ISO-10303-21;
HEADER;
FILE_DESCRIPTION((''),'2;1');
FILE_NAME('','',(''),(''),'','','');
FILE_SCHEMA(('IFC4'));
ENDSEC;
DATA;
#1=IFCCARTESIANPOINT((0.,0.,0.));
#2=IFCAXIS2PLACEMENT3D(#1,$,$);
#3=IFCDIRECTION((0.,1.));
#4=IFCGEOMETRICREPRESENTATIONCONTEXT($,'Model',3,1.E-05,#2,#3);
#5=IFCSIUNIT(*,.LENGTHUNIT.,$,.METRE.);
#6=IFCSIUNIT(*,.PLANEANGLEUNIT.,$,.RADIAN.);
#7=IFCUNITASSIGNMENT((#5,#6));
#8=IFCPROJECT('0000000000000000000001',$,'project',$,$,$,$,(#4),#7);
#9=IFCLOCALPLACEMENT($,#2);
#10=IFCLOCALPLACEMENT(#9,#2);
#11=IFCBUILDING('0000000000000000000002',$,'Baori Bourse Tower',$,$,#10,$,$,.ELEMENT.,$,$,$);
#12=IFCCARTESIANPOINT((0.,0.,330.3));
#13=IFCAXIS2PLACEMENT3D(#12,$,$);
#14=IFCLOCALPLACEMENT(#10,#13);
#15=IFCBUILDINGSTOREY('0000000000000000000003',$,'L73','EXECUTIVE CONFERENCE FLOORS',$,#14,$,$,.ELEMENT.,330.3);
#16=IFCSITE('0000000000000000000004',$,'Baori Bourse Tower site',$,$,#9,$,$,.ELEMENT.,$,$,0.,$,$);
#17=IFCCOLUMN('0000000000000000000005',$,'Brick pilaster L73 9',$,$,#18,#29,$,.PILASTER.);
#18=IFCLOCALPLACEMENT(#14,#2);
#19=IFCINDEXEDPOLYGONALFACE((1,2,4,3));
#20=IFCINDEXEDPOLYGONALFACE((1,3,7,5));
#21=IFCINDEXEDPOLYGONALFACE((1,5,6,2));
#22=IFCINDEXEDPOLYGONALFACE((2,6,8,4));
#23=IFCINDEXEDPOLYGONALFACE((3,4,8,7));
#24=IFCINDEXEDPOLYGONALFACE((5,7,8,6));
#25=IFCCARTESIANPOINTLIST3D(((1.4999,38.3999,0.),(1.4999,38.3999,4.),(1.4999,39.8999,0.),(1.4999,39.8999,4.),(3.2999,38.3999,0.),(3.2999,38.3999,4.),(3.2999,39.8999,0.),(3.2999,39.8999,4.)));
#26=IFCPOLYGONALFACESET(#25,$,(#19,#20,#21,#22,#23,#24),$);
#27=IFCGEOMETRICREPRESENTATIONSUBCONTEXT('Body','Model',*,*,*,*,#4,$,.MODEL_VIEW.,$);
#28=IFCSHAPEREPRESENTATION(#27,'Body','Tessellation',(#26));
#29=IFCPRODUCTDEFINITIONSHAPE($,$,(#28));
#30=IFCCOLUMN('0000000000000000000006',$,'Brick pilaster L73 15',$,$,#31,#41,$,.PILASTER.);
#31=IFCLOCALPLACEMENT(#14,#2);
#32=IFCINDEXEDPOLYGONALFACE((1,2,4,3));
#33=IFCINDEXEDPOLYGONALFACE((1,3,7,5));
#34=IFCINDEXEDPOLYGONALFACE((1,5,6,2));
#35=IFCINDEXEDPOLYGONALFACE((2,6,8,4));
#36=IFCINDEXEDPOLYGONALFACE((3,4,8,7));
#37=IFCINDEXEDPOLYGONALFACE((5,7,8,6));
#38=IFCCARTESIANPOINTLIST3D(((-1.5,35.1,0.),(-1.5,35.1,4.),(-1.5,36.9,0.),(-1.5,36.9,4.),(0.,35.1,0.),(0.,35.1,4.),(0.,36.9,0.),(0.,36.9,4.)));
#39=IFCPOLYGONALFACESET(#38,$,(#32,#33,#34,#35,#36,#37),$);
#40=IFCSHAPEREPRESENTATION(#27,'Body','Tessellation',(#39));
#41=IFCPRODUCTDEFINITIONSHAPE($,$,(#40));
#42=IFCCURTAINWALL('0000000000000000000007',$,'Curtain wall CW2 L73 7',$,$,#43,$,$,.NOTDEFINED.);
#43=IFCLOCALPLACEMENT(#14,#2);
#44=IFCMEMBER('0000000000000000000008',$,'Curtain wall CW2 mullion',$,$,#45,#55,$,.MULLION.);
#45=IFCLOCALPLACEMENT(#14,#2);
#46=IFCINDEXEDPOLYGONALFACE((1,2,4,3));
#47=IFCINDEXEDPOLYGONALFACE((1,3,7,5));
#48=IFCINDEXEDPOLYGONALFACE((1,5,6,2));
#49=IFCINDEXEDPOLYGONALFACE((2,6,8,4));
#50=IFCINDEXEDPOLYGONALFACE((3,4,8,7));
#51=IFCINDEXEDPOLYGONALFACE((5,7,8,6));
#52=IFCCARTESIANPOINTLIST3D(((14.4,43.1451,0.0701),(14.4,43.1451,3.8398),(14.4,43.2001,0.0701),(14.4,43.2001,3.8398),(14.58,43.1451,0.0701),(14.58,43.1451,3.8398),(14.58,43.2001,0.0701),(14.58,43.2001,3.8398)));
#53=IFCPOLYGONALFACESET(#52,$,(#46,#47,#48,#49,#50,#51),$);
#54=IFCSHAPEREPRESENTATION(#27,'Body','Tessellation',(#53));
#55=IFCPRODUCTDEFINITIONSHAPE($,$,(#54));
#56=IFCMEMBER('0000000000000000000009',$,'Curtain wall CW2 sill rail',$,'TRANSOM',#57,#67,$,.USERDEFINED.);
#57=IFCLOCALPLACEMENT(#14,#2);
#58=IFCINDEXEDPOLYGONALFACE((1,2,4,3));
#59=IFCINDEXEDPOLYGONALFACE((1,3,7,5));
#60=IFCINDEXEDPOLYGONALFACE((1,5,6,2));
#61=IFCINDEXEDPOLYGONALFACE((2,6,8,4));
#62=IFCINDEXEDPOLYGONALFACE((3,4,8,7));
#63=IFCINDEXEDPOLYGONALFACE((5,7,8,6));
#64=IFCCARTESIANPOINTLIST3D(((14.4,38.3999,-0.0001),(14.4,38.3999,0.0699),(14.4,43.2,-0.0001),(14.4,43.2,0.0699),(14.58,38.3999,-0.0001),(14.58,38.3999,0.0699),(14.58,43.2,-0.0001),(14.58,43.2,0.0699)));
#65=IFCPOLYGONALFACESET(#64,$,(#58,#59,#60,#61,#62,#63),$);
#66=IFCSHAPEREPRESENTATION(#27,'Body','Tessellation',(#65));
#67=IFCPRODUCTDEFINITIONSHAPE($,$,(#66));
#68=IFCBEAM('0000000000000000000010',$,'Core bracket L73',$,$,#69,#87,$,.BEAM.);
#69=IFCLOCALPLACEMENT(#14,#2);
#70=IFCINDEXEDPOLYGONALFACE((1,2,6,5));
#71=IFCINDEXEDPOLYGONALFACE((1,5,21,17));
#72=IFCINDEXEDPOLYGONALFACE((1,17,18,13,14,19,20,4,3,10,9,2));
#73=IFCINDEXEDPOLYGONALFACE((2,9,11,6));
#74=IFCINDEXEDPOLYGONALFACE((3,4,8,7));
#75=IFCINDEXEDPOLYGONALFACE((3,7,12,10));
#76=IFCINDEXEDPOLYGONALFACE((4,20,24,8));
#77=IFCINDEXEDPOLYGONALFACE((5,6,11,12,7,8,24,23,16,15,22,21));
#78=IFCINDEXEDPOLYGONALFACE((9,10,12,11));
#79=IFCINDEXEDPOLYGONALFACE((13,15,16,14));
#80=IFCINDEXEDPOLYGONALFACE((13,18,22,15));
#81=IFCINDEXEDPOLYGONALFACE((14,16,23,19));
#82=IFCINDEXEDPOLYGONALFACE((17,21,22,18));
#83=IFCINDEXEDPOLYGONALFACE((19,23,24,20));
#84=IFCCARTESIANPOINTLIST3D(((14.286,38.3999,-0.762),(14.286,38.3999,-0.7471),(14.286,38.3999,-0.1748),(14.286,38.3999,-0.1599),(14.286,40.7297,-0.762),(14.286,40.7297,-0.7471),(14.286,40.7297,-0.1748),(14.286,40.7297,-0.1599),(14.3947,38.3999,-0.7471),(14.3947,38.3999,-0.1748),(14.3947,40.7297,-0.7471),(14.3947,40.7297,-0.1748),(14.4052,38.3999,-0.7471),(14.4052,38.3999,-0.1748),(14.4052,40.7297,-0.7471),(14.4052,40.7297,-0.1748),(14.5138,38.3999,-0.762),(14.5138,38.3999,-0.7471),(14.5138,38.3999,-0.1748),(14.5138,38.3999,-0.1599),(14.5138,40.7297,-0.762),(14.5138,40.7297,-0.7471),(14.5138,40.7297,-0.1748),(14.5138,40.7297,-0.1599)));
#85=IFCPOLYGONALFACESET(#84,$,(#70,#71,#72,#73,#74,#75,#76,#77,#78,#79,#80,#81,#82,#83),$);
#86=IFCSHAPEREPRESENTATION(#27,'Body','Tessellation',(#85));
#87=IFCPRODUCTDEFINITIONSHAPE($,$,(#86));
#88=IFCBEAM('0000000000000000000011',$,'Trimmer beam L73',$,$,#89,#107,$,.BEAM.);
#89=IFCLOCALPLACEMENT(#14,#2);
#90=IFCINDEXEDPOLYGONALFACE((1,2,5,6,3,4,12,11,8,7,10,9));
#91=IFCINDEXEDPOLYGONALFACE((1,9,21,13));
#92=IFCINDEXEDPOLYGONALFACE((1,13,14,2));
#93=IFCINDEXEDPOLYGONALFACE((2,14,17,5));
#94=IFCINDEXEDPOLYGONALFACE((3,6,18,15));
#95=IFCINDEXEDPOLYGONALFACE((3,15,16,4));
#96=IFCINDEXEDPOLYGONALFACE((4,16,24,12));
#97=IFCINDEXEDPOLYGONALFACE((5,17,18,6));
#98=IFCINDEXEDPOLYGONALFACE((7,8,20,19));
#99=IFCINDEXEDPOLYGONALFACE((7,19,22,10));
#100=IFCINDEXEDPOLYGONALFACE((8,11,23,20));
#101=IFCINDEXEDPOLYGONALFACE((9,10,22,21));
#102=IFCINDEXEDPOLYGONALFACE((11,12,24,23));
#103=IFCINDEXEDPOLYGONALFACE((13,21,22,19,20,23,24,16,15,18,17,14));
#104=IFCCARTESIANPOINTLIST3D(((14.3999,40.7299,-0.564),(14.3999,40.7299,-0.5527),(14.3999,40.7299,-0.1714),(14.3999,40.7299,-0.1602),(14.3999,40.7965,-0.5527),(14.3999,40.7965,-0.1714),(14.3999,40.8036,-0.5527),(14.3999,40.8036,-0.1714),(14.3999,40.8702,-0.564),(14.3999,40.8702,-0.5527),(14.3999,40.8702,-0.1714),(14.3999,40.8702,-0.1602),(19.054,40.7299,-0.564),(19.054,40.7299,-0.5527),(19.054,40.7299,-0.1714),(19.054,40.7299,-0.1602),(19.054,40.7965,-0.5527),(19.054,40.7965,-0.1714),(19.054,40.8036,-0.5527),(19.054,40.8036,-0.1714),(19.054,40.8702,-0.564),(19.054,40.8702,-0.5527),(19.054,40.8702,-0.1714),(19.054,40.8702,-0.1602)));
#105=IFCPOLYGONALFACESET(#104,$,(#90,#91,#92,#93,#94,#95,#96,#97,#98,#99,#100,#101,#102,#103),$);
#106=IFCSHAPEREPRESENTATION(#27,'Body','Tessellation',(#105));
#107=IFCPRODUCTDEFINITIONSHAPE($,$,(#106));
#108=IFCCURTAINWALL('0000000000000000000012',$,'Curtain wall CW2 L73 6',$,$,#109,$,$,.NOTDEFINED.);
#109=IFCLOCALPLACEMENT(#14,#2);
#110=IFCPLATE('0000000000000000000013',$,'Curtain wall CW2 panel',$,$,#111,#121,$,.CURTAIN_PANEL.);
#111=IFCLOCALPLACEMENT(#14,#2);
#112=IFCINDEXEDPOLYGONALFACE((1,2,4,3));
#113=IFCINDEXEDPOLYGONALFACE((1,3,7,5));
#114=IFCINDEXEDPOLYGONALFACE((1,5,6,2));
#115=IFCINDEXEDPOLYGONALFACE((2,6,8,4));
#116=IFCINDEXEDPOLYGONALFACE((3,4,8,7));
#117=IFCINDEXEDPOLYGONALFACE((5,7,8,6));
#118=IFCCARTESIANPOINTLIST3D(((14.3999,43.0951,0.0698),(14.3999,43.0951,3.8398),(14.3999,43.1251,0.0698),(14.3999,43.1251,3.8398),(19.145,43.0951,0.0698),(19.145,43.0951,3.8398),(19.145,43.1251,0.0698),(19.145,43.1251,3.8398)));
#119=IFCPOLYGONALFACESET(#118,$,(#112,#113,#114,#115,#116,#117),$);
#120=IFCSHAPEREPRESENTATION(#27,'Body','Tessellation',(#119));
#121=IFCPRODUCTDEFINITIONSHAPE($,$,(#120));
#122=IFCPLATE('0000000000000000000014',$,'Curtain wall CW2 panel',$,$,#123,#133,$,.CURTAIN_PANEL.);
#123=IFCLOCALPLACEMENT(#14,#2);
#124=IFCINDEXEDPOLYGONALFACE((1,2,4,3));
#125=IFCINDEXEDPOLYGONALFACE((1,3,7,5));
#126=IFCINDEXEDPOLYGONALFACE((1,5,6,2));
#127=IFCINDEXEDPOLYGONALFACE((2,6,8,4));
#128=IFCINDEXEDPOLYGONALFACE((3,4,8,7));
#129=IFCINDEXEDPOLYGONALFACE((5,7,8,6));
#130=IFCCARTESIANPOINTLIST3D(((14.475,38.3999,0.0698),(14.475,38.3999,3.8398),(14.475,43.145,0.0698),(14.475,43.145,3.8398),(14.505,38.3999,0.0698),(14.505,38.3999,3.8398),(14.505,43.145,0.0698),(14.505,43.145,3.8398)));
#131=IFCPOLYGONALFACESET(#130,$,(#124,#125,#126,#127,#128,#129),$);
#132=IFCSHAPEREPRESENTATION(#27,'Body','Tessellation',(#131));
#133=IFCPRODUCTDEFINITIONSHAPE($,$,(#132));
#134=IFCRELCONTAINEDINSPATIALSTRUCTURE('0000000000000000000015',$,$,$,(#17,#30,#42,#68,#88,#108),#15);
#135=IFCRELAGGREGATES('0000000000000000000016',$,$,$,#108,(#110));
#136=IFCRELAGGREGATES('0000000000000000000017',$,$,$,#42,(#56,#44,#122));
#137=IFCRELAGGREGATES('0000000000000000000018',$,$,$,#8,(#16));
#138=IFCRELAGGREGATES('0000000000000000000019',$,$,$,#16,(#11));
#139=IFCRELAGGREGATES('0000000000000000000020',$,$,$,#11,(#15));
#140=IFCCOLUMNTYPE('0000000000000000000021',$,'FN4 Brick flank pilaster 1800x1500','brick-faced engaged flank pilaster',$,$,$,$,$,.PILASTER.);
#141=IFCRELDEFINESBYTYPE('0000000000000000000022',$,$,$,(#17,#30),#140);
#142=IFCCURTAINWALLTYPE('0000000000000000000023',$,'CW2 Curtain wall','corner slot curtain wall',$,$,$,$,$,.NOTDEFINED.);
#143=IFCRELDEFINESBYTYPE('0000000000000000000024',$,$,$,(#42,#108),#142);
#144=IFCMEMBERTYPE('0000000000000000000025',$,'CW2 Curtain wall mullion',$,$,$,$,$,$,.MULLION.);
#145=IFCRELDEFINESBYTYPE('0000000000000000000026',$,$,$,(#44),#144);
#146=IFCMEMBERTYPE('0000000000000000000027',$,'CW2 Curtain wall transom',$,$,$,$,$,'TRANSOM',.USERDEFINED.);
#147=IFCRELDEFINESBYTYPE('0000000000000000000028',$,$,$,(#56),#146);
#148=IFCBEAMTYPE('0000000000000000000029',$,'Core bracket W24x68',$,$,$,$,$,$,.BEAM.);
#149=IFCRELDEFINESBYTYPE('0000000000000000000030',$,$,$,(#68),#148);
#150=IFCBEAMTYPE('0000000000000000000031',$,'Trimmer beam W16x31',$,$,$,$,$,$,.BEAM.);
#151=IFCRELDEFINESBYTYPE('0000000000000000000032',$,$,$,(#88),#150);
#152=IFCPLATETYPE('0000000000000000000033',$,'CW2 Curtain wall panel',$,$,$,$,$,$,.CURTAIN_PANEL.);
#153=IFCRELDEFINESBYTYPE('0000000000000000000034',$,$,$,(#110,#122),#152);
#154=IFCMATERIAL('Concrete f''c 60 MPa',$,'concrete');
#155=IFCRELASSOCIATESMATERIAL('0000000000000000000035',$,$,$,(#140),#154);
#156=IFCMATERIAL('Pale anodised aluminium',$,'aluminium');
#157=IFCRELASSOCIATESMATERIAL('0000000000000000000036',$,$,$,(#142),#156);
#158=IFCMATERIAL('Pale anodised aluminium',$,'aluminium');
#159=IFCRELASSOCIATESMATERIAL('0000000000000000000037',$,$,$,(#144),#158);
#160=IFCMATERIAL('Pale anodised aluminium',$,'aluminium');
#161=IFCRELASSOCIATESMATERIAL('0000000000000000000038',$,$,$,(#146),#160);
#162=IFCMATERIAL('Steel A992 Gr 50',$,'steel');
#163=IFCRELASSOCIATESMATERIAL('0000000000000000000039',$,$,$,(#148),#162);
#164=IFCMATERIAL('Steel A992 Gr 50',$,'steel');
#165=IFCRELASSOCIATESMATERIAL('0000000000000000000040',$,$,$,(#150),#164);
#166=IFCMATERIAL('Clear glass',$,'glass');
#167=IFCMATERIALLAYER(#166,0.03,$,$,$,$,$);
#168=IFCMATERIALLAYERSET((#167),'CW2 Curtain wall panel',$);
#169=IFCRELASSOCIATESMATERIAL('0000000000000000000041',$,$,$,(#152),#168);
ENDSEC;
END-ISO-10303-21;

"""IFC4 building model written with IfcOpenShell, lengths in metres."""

from ifc_helpers import new_model, si_unit, direction, frame, origin, origin_2d, place, context, subcontext, project, spatial, rectangle, i_section, extrude, material, layer, layer_set, material_profile, profile_set, type_object, element, aggregate, save


model = new_model("IFC4")

# Units and contexts
model_context = context("Model", 3, precision=1e-05, world=origin(), true_north=direction((0.0, 1.0)))
body_context = subcontext(model_context, "Body", "Model", "MODEL_VIEW")
ifc_project = project(units=[si_unit("LENGTHUNIT", "METRE"), si_unit("PLANEANGLEUNIT", "RADIAN")], contexts=[model_context])

# Site, building, storey
site_placement = place(None, origin())
site = spatial("IfcSite", under=ifc_project, at=site_placement, Name="Baori Bourse Tower site", CompositionType="ELEMENT", RefElevation=0.0)
building_placement = place(site_placement, origin())
building = spatial("IfcBuilding", under=site, at=building_placement, Name="Baori Bourse Tower", CompositionType="ELEMENT")
storey_placement = place(building_placement, frame((0.0, 0.0, 330.3)))
storey = spatial("IfcBuildingStorey", under=building, at=storey_placement, Name="L73", Description="EXECUTIVE CONFERENCE FLOORS", CompositionType="ELEMENT", Elevation=330.3)

# Columns
ifc_material_1 = material(Name="Concrete f'c 60 MPa", Category="concrete")
ifc_material_profile_1 = material_profile(ifc_material_1, rectangle(XDim=1.8, YDim=1.5, at=origin_2d()), Name="RC 1800x1500")
ifc_profile_set_1 = profile_set([ifc_material_profile_1], Name="Concrete f'c 60 MPa")
column_type = type_object("IfcColumnType", Name="FN4 Brick flank pilaster 1800x1500", Description="brick-faced engaged flank pilaster", PredefinedType="PILASTER", material=ifc_profile_set_1)
for number, where, z_axis, x_axis, name in (
    (1, (2.3999, 39.1499, 0.0), (0.0, 0.0, 1.0), (1.0, 0.0, 0.0), "Brick pilaster L73 9"),
    (2, (-0.75, 36.0, 0.0), (0.0, 0.0, 1.0), (0.0, 1.0, 0.0), "Brick pilaster L73 15"),
):
    element("IfcColumn", number, at=place(storey_placement, frame(where, z_axis=z_axis, x_axis=x_axis)), inside=storey, type_object=column_type, Name=name, PredefinedType="PILASTER", context=body_context, shape_type="SweptSolid", body=[
        extrude(rectangle(XDim=1.8, YDim=1.5, at=origin_2d()), origin(), (0.0, 0.0, 1.0), 4.0),
    ])

# Curtain wall, members
ifc_material_2 = material(Name="Pale anodised aluminium", Category="aluminium")
curtain_wall_type = type_object("IfcCurtainWallType", Name="CW2 Curtain wall", Description="corner slot curtain wall", PredefinedType="NOTDEFINED", material=ifc_material_2)
curtain_wall_1_placement = place(storey_placement, origin())
curtain_wall_1 = element("IfcCurtainWall", 3, at=curtain_wall_1_placement, inside=storey, type_object=curtain_wall_type, Name="Curtain wall CW2 L73 7", PredefinedType="NOTDEFINED")
ifc_material_3 = material(Name="Pale anodised aluminium", Category="aluminium")
ifc_material_profile_2 = material_profile(ifc_material_3, rectangle(XDim=0.1799, YDim=0.0549, at=origin_2d()), Name="Mullion 55x180")
ifc_profile_set_2 = profile_set([ifc_material_profile_2], Name="Pale anodised aluminium")
member_type_1 = type_object("IfcMemberType", Name="CW2 Curtain wall mullion", PredefinedType="MULLION", material=ifc_profile_set_2)
member_1_placement = place(storey_placement, frame((14.49, 43.1726, 0.0701), z_axis=(0.0, 0.0, 1.0), x_axis=(1.0, 0.0, 0.0)))
member_1 = element("IfcMember", 4, at=member_1_placement, type_object=member_type_1, Name="Curtain wall CW2 mullion", PredefinedType="MULLION", context=body_context, shape_type="SweptSolid", body=[
    extrude(rectangle(XDim=0.1799, YDim=0.0549, at=origin_2d()), origin(), (0.0, 0.0, 1.0), 3.7698),
])
ifc_material_4 = material(Name="Pale anodised aluminium", Category="aluminium")
ifc_material_profile_3 = material_profile(ifc_material_4, rectangle(XDim=0.1799, YDim=0.0701, at=origin_2d()), Name="Transom 70x180")
ifc_profile_set_3 = profile_set([ifc_material_profile_3], Name="Pale anodised aluminium")
member_type_2 = type_object("IfcMemberType", Name="CW2 Curtain wall transom", ElementType="TRANSOM", PredefinedType="USERDEFINED", material=ifc_profile_set_3)
member_2_placement = place(storey_placement, frame((14.49, 43.2, 0.0349), z_axis=(0.0, -1.0, 0.0), x_axis=(1.0, 0.0, 0.0)))
member_2 = element("IfcMember", 5, at=member_2_placement, type_object=member_type_2, Name="Curtain wall CW2 sill rail", ObjectType="TRANSOM", PredefinedType="USERDEFINED", context=body_context, shape_type="SweptSolid", body=[
    extrude(rectangle(XDim=0.1799, YDim=0.0701, at=origin_2d()), origin(), (0.0, 0.0, 1.0), 4.8),
])

# Beams
ifc_material_5 = material(Name="Steel A992 Gr 50", Category="steel")
ifc_material_profile_4 = material_profile(ifc_material_5, i_section(OverallWidth=0.2278, OverallDepth=0.6021, WebThickness=0.0105, FlangeThickness=0.0149, at=origin_2d()), Name="W24x68")
ifc_profile_set_4 = profile_set([ifc_material_profile_4], Name="Steel A992 Gr 50")
beam_type_1 = type_object("IfcBeamType", Name="Core bracket W24x68", PredefinedType="BEAM", material=ifc_profile_set_4)
beam_1_placement = place(storey_placement, frame((14.3999, 38.3999, -0.4609), z_axis=(0.0, 1.0, 0.0), x_axis=(-1.0, 0.0, 0.0)))
element("IfcBeam", 6, at=beam_1_placement, inside=storey, type_object=beam_type_1, Name="Core bracket L73", PredefinedType="BEAM", context=body_context, shape_type="SweptSolid", body=[
    extrude(i_section(OverallWidth=0.2278, OverallDepth=0.6021, WebThickness=0.0105, FlangeThickness=0.0149, at=origin_2d()), origin(), (0.0, 0.0, 1.0), 2.3298),
])
ifc_material_6 = material(Name="Steel A992 Gr 50", Category="steel")
ifc_material_profile_5 = material_profile(ifc_material_6, i_section(OverallWidth=0.1404, OverallDepth=0.4038, WebThickness=0.0071, FlangeThickness=0.0112, at=origin_2d()), Name="W16x31")
ifc_profile_set_5 = profile_set([ifc_material_profile_5], Name="Steel A992 Gr 50")
beam_type_2 = type_object("IfcBeamType", Name="Trimmer beam W16x31", PredefinedType="BEAM", material=ifc_profile_set_5)
beam_2_placement = place(storey_placement, frame((14.3999, 40.8, -0.3621), z_axis=(1.0, 0.0, 0.0), x_axis=(0.0, 1.0, 0.0)))
element("IfcBeam", 7, at=beam_2_placement, inside=storey, type_object=beam_type_2, Name="Trimmer beam L73", PredefinedType="BEAM", context=body_context, shape_type="SweptSolid", body=[
    extrude(i_section(OverallWidth=0.1404, OverallDepth=0.4038, WebThickness=0.0071, FlangeThickness=0.0112, at=origin_2d()), origin(), (0.0, 0.0, 1.0), 4.6541),
])

# Curtain wall, plate
curtain_wall_2_placement = place(storey_placement, origin())
curtain_wall_2 = element("IfcCurtainWall", 8, at=curtain_wall_2_placement, inside=storey, type_object=curtain_wall_type, Name="Curtain wall CW2 L73 6", PredefinedType="NOTDEFINED")
ifc_material_7 = material(Name="Clear glass", Category="glass")
ifc_layer_1 = layer(ifc_material_7, 0.03)
ifc_layer_set_1 = layer_set([ifc_layer_1], Name="CW2 Curtain wall panel")
plate_type = type_object("IfcPlateType", Name="CW2 Curtain wall panel", PredefinedType="CURTAIN_PANEL", material=ifc_layer_set_1)
plate_1_placement = place(storey_placement, frame((16.7725, 43.1101, 0.0698), z_axis=(0.0, 0.0, 1.0), x_axis=(-1.0, 0.0, 0.0)))
plate_1 = element("IfcPlate", 9, at=plate_1_placement, type_object=plate_type, Name="Curtain wall CW2 panel", PredefinedType="CURTAIN_PANEL", context=body_context, shape_type="SweptSolid", body=[
    extrude(rectangle(XDim=4.7451, YDim=0.03, at=origin_2d()), origin(), (0.0, 0.0, 1.0), 3.77),
])
aggregate(curtain_wall_2, [plate_1])

# Plate
plate_2_placement = place(storey_placement, frame((14.49, 40.7725, 0.0698), z_axis=(0.0, 0.0, 1.0), x_axis=(0.0, -1.0, 0.0)))
plate_2 = element("IfcPlate", 10, at=plate_2_placement, type_object=plate_type, Name="Curtain wall CW2 panel", PredefinedType="CURTAIN_PANEL", context=body_context, shape_type="SweptSolid", body=[
    extrude(rectangle(XDim=4.7451, YDim=0.03, at=origin_2d()), origin(), (0.0, 0.0, 1.0), 3.77),
])
aggregate(curtain_wall_1, [member_2, member_1, plate_2])

save(model, "model.ifc")
